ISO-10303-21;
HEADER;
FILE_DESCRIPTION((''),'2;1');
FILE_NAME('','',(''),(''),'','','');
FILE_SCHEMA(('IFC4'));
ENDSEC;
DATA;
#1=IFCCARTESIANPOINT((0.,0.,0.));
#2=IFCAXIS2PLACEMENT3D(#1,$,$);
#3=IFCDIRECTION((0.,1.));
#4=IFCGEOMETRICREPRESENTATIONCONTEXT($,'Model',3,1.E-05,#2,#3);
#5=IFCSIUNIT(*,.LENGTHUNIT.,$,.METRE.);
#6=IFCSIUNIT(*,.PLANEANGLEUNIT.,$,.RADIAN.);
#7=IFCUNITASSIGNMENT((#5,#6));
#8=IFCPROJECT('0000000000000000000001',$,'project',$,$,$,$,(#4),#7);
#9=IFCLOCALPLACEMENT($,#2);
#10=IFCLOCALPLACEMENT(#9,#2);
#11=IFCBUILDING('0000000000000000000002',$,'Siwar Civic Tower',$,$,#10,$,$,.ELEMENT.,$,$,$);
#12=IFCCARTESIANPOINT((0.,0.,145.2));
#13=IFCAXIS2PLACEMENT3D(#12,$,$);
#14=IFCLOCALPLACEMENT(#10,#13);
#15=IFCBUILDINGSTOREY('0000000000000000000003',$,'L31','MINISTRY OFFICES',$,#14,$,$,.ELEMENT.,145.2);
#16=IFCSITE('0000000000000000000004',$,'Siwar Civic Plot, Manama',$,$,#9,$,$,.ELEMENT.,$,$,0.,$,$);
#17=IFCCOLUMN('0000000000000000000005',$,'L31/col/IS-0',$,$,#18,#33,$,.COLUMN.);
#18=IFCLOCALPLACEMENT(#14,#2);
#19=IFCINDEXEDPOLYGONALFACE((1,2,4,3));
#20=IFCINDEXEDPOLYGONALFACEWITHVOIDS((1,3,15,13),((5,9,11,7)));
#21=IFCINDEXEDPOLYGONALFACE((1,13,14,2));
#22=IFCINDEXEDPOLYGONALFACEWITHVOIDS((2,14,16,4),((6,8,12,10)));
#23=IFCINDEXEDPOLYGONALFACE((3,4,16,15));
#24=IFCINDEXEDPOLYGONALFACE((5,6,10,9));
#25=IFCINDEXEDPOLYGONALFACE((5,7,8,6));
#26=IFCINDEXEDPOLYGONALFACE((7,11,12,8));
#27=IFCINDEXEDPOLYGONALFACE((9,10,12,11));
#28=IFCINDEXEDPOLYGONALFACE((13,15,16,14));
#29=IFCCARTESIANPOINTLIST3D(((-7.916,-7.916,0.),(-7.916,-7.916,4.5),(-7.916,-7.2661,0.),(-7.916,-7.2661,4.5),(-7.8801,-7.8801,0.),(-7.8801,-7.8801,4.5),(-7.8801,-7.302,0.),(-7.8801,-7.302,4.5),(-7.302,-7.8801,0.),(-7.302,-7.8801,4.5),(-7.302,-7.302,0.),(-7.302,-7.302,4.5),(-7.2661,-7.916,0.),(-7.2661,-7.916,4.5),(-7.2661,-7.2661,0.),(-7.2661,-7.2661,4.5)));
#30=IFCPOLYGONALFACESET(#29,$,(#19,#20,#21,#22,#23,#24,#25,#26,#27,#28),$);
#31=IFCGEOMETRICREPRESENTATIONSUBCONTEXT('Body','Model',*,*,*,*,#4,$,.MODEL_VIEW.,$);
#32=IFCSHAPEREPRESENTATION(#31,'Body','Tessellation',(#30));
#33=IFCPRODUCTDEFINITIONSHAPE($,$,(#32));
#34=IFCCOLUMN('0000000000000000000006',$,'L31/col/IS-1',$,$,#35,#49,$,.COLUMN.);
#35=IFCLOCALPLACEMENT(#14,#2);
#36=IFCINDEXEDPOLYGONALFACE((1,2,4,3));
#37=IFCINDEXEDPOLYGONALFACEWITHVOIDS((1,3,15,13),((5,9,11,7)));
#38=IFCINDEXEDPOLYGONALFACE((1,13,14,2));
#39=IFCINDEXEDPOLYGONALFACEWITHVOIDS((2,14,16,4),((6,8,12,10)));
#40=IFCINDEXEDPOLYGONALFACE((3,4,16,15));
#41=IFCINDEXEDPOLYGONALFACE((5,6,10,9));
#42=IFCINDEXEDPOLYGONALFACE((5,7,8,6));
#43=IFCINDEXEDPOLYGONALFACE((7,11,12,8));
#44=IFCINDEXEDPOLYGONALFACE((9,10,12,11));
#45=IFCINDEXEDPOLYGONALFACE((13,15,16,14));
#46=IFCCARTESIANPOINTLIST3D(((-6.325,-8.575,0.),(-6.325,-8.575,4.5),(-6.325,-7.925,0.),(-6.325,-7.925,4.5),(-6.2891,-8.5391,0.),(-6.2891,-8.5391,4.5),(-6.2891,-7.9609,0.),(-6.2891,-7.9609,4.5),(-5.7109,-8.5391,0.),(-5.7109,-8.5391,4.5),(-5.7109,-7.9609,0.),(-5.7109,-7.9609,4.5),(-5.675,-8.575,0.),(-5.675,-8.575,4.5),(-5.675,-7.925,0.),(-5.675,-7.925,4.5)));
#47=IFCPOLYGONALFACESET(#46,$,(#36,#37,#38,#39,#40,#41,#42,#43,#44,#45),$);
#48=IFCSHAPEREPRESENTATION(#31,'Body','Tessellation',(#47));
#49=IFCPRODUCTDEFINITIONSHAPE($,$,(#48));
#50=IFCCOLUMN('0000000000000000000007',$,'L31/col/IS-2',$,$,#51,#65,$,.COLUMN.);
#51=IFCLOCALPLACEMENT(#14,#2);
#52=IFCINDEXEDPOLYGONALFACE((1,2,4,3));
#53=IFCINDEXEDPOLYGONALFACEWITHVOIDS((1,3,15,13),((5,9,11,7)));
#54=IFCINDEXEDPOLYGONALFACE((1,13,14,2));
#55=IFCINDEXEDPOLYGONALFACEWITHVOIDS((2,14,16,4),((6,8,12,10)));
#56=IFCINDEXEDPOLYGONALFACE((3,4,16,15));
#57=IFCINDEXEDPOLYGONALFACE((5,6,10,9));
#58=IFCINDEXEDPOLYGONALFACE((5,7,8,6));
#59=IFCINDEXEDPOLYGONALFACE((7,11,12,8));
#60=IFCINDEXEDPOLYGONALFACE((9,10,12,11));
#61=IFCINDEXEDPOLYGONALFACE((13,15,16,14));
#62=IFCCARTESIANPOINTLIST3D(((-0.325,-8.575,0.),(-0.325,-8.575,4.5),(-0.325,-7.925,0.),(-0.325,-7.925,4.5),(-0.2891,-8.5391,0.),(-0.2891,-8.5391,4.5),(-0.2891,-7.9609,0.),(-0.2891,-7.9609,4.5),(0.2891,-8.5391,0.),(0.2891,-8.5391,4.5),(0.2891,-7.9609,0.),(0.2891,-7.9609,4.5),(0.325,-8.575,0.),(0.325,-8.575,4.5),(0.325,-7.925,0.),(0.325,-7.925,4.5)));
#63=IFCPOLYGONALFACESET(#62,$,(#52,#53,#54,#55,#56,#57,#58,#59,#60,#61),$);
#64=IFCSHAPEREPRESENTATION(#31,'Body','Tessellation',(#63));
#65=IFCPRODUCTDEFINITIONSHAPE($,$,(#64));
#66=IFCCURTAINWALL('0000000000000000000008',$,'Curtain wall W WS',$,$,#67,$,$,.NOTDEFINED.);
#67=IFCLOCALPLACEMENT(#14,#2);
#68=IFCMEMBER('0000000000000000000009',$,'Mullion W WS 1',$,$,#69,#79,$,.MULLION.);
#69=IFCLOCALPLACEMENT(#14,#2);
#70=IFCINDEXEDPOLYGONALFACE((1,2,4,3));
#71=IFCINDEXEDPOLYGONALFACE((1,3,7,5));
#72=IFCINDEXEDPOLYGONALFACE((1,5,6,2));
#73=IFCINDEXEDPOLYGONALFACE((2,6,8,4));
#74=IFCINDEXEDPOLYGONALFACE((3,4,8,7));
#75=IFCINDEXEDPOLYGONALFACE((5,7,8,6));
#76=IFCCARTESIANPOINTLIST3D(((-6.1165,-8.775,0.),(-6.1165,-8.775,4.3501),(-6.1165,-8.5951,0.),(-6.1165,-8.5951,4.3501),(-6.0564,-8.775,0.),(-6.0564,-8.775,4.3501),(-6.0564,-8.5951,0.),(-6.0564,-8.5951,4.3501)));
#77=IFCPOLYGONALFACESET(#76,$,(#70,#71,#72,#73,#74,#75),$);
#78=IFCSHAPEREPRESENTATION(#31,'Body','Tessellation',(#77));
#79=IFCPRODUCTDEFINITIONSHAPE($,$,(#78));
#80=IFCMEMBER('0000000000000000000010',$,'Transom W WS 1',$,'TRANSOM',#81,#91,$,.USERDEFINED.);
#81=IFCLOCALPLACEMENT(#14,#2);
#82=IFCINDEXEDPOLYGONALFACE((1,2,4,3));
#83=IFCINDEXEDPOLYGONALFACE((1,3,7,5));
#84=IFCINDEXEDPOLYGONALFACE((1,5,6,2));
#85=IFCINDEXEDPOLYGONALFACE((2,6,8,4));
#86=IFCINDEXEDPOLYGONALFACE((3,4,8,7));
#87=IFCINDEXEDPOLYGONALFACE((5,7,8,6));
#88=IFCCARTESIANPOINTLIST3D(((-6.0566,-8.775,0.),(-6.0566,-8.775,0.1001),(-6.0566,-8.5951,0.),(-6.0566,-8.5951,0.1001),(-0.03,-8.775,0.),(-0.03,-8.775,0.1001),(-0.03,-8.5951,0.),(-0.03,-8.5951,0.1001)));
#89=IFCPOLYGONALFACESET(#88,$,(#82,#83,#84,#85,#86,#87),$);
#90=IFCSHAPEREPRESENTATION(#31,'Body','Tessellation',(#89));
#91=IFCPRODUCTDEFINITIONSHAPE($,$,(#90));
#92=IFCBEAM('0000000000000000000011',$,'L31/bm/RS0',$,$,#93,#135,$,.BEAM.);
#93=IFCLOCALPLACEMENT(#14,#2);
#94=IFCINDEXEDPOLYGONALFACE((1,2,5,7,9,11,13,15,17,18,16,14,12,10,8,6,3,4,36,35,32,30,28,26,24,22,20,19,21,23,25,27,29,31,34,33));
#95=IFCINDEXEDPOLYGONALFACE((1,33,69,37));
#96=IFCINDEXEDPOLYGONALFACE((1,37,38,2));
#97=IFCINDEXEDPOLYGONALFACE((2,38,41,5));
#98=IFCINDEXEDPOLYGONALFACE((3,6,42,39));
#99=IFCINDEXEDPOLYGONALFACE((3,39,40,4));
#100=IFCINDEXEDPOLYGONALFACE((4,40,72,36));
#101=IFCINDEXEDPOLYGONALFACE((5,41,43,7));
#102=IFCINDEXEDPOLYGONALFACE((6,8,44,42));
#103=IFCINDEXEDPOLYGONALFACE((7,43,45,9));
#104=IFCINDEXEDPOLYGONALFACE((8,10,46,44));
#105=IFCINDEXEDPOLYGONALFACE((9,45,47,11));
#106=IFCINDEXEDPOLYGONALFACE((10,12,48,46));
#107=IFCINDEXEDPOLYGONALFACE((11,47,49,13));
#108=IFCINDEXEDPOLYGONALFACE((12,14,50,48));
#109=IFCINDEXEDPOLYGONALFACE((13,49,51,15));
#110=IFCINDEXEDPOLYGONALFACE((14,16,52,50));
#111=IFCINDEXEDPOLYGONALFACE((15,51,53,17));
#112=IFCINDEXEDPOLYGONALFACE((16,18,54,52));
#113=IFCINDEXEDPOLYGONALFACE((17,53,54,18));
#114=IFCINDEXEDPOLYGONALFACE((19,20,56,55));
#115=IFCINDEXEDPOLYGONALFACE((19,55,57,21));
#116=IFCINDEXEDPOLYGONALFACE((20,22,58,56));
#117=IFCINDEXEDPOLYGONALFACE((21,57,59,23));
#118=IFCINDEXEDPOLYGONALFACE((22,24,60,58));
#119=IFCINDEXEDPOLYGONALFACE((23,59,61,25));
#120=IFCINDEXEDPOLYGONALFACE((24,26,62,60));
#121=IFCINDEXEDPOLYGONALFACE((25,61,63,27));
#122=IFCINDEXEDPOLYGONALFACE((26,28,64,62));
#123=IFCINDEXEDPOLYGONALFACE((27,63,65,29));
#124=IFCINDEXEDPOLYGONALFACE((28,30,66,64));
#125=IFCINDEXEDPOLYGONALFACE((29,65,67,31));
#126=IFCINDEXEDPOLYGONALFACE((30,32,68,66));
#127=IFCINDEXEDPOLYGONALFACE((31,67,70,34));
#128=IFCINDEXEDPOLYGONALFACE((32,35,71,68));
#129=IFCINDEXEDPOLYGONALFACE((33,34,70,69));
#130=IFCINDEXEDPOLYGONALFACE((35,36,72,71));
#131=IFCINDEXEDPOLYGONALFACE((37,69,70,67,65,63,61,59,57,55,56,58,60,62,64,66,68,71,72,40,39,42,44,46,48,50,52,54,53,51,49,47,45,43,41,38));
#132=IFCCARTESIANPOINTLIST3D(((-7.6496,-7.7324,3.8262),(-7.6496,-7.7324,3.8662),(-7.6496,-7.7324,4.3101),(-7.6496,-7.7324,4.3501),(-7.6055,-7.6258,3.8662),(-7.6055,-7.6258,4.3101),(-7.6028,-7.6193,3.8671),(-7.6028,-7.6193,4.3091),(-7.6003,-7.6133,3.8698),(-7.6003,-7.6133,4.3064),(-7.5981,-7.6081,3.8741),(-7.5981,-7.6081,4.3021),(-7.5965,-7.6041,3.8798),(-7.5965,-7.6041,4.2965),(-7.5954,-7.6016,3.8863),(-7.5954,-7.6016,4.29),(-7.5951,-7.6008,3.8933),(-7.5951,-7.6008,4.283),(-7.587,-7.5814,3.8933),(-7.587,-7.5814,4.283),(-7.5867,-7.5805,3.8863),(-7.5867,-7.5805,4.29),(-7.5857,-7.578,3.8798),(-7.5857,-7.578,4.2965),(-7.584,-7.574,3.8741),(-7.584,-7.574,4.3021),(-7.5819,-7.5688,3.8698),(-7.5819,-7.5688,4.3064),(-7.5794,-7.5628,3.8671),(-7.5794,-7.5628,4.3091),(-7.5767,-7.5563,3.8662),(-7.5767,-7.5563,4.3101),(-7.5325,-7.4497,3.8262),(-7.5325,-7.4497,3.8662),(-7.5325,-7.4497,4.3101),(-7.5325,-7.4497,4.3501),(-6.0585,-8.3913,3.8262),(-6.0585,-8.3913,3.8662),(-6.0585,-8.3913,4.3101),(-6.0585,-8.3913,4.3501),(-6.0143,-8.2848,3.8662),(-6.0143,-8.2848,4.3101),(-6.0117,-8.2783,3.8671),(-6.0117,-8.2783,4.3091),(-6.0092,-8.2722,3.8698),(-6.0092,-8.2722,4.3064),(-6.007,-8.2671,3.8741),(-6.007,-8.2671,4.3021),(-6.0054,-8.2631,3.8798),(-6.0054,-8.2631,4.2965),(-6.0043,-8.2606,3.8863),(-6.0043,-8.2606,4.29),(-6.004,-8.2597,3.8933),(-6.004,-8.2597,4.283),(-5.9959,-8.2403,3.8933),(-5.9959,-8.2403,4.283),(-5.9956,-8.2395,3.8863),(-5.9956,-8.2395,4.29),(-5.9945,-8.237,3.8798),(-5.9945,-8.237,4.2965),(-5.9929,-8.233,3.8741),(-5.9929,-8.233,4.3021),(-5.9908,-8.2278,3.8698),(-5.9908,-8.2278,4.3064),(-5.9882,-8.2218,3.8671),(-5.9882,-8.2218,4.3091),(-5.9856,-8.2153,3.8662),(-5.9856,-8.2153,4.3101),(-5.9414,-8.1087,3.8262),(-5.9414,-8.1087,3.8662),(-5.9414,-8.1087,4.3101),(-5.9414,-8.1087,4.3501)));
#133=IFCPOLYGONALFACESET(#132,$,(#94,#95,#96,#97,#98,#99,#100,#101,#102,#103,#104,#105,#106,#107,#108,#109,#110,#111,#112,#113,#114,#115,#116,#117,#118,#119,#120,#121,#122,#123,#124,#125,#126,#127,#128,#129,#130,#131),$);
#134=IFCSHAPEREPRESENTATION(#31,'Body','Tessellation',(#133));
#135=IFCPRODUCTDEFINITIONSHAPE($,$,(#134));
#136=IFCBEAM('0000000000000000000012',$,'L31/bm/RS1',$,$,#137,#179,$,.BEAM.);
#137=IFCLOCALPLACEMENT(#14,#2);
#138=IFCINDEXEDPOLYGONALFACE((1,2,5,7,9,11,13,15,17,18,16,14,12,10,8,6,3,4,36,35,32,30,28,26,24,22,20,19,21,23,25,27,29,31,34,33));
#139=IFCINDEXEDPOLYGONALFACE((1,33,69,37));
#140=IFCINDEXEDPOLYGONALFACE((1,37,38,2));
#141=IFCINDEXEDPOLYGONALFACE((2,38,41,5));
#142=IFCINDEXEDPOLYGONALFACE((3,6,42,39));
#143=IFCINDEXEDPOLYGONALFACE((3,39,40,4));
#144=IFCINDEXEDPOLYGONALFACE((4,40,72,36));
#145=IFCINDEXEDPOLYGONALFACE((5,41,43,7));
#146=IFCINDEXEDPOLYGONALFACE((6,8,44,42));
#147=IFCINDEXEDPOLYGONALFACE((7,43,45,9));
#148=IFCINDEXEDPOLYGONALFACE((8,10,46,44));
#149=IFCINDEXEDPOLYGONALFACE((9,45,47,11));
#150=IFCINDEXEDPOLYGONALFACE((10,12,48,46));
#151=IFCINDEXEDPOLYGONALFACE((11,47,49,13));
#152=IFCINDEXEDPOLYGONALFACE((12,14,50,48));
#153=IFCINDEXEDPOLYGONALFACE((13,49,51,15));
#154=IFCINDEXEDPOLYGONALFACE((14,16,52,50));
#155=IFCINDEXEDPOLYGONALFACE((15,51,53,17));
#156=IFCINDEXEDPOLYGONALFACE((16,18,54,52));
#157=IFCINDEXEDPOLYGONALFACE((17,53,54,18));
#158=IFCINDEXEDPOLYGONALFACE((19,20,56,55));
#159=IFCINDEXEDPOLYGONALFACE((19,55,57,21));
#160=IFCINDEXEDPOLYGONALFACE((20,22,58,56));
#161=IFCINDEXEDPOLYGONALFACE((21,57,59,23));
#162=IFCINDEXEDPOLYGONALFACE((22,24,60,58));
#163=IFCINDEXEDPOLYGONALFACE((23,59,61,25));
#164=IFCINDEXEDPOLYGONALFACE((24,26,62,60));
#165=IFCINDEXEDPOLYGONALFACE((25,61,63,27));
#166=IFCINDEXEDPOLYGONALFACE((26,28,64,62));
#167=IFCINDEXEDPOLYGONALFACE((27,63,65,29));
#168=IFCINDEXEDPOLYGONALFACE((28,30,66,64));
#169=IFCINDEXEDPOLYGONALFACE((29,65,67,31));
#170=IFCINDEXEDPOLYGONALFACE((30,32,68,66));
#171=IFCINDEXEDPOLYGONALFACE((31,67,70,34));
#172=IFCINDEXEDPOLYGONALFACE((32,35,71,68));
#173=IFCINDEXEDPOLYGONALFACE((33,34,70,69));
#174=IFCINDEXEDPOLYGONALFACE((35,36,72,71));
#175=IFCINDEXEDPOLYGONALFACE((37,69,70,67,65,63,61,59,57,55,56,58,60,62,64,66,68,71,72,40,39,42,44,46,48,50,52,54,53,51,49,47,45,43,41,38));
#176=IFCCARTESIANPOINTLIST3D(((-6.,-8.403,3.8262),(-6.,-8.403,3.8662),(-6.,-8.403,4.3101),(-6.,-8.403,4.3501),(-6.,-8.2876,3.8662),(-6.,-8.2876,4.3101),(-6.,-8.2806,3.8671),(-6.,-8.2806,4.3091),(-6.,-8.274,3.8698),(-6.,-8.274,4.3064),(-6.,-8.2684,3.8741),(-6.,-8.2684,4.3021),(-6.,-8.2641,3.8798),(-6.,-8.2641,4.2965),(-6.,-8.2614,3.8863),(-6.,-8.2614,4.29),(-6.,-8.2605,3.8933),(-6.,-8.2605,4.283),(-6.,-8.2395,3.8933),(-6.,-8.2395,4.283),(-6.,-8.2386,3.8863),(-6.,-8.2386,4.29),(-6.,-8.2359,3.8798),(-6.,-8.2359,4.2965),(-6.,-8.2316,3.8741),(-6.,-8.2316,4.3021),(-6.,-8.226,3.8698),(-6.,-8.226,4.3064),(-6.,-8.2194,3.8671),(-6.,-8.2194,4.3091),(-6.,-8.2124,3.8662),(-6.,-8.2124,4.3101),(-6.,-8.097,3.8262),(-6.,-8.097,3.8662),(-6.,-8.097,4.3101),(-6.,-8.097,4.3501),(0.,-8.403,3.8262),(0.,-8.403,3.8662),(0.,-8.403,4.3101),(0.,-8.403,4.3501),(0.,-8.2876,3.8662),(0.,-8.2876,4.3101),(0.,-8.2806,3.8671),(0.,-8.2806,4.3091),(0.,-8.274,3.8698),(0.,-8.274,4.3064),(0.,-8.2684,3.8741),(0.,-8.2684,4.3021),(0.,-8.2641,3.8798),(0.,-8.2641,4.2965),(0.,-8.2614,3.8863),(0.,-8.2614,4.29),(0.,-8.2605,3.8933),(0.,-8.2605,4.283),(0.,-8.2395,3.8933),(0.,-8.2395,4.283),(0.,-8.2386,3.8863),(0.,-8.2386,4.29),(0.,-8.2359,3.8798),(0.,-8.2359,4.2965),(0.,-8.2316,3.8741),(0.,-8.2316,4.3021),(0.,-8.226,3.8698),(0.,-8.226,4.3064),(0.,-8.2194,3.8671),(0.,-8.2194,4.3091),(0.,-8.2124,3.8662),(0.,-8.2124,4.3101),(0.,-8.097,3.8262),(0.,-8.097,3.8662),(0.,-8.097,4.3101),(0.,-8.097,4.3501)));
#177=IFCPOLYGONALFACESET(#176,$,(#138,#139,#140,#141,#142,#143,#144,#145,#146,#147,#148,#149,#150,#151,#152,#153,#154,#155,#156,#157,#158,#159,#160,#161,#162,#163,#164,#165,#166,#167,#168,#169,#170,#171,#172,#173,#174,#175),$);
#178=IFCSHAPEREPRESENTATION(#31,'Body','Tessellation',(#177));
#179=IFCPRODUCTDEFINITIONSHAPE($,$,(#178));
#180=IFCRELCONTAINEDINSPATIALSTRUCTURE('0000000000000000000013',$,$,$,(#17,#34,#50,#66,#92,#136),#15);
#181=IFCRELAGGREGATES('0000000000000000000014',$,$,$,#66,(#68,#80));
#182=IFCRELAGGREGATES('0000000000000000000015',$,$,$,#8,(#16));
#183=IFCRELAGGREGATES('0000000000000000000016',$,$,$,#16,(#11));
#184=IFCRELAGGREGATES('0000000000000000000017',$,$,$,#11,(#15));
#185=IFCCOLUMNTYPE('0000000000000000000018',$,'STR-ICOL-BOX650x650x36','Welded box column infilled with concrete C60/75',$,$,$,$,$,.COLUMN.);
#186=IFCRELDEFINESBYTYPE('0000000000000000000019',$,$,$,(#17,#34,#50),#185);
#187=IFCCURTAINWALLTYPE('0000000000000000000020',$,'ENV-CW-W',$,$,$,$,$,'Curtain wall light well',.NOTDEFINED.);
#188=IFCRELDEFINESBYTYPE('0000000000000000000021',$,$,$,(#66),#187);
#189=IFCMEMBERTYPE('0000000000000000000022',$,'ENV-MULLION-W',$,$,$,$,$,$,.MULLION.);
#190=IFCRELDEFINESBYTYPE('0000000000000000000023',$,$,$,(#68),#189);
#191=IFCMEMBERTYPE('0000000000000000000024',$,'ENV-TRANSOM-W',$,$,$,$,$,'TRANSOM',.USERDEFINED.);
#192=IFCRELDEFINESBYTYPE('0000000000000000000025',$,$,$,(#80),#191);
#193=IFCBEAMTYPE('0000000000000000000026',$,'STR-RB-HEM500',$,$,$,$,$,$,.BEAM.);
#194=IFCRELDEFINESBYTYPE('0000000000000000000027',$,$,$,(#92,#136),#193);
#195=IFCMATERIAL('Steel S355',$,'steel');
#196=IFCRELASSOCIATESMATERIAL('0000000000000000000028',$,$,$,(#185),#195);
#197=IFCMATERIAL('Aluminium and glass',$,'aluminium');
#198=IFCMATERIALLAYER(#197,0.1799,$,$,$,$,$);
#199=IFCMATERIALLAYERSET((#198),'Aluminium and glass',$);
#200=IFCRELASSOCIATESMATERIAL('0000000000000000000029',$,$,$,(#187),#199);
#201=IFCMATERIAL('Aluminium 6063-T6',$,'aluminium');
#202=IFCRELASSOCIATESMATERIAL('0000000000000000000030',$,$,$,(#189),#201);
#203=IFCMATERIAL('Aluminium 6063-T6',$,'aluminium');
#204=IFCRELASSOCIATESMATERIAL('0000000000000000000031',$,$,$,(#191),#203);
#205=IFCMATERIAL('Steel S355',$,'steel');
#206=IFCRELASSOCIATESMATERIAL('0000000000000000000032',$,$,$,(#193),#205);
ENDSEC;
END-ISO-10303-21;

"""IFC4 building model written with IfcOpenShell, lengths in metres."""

from ifc_helpers import new_model, si_unit, direction, frame, origin, origin_2d, place, context, subcontext, project, spatial, rectangle, hollow_rectangle, i_section, extrude, material, layer, layer_set, material_profile, profile_set, type_object, element, aggregate, save


model = new_model("IFC4")

# Units and contexts
model_context = context("Model", 3, precision=1e-05, world=origin(), true_north=direction((0.0, 1.0)))
body_context = subcontext(model_context, "Body", "Model", "MODEL_VIEW")
ifc_project = project(units=[si_unit("LENGTHUNIT", "METRE"), si_unit("PLANEANGLEUNIT", "RADIAN")], contexts=[model_context])

# Site, building, storey
site_placement = place(None, origin())
site = spatial("IfcSite", under=ifc_project, at=site_placement, Name="Siwar Civic Plot, Manama", CompositionType="ELEMENT", RefElevation=0.0)
building_placement = place(site_placement, origin())
building = spatial("IfcBuilding", under=site, at=building_placement, Name="Siwar Civic Tower", CompositionType="ELEMENT")
storey_placement = place(building_placement, frame((0.0, 0.0, 145.2)))
storey = spatial("IfcBuildingStorey", under=building, at=storey_placement, Name="L31", Description="MINISTRY OFFICES", CompositionType="ELEMENT", Elevation=145.2)

# Columns
ifc_material_1 = material(Name="Steel S355", Category="steel")
ifc_material_profile_1 = material_profile(ifc_material_1, hollow_rectangle(XDim=0.6499, YDim=0.6499, WallThickness=0.0359, at=origin_2d()), Name="BOX650x650x36")
ifc_profile_set_1 = profile_set([ifc_material_profile_1], Name="Steel S355")
column_type = type_object("IfcColumnType", Name="STR-ICOL-BOX650x650x36", Description="Welded box column infilled with concrete C60/75", PredefinedType="COLUMN", material=ifc_profile_set_1)
for number, where, z_axis, x_axis, name in (
    (1, (-7.5911, -7.5911, 0.0), (0.0, 0.0, 1.0), (1.0, 0.0, 0.0), "L31/col/IS-0"),
    (2, (-6.0, -8.25, 0.0), (0.0, 0.0, 1.0), (1.0, 0.0, 0.0), "L31/col/IS-1"),
    (3, (0.0, -8.25, 0.0), (0.0, 0.0, 1.0), (1.0, 0.0, 0.0), "L31/col/IS-2"),
):
    element("IfcColumn", number, at=place(storey_placement, frame(where, z_axis=z_axis, x_axis=x_axis)), inside=storey, type_object=column_type, Name=name, PredefinedType="COLUMN", context=body_context, shape_type="SweptSolid", body=[
        extrude(hollow_rectangle(XDim=0.6499, YDim=0.6499, WallThickness=0.0359, at=origin_2d()), origin(), (0.0, 0.0, 1.0), 4.5),
    ])

# Curtain wall, members
ifc_material_2 = material(Name="Aluminium and glass", Category="aluminium")
ifc_layer_1 = layer(ifc_material_2, 0.1799)
ifc_layer_set_1 = layer_set([ifc_layer_1], Name="Aluminium and glass")
curtain_wall_type = type_object("IfcCurtainWallType", Name="ENV-CW-W", ElementType="Curtain wall light well", PredefinedType="NOTDEFINED", material=ifc_layer_set_1)
curtain_wall_placement = place(storey_placement, origin())
curtain_wall = element("IfcCurtainWall", 4, at=curtain_wall_placement, inside=storey, type_object=curtain_wall_type, Name="Curtain wall W WS", PredefinedType="NOTDEFINED")
ifc_material_3 = material(Name="Aluminium 6063-T6", Category="aluminium")
ifc_material_profile_2 = material_profile(ifc_material_3, rectangle(XDim=0.1799, YDim=0.0601, at=origin_2d()), Name="AL 180x60")
ifc_profile_set_2 = profile_set([ifc_material_profile_2], Name="Aluminium 6063-T6")
member_type_1 = type_object("IfcMemberType", Name="ENV-MULLION-W", PredefinedType="MULLION", material=ifc_profile_set_2)
member_1_placement = place(storey_placement, frame((-6.0864, -8.6851, 0.0), z_axis=(0.0, 0.0, 1.0), x_axis=(0.0, 1.0, 0.0)))
member_1 = element("IfcMember", 5, at=member_1_placement, type_object=member_type_1, Name="Mullion W WS 1", PredefinedType="MULLION", context=body_context, shape_type="SweptSolid", body=[
    extrude(rectangle(XDim=0.1799, YDim=0.0601, at=origin_2d()), origin(), (0.0, 0.0, 1.0), 4.3501),
])
ifc_material_4 = material(Name="Aluminium 6063-T6", Category="aluminium")
ifc_material_profile_3 = material_profile(ifc_material_4, rectangle(XDim=0.1799, YDim=0.1001, at=origin_2d()), Name="AL 180x100")
ifc_profile_set_3 = profile_set([ifc_material_profile_3], Name="Aluminium 6063-T6")
member_type_2 = type_object("IfcMemberType", Name="ENV-TRANSOM-W", ElementType="TRANSOM", PredefinedType="USERDEFINED", material=ifc_profile_set_3)
member_2_placement = place(storey_placement, frame((-6.0566, -8.6851, 0.05), z_axis=(1.0, 0.0, 0.0), x_axis=(0.0, 1.0, 0.0)))
member_2 = element("IfcMember", 6, at=member_2_placement, type_object=member_type_2, Name="Transom W WS 1", ObjectType="TRANSOM", PredefinedType="USERDEFINED", context=body_context, shape_type="SweptSolid", body=[
    extrude(rectangle(XDim=0.1799, YDim=0.1001, at=origin_2d()), origin(), (0.0, 0.0, 1.0), 6.0266),
])

# Beams
ifc_material_5 = material(Name="Steel S355", Category="steel")
ifc_material_profile_4 = material_profile(ifc_material_5, i_section(OverallWidth=0.3059, OverallDepth=0.5239, WebThickness=0.021, FlangeThickness=0.04, FilletRadius=0.0271, at=origin_2d()), Name="HEM500")
ifc_profile_set_4 = profile_set([ifc_material_profile_4], Name="Steel S355")
beam_type = type_object("IfcBeamType", Name="STR-RB-HEM500", PredefinedType="BEAM", material=ifc_profile_set_4)
beam_1_placement = place(storey_placement, frame((-7.5911, -7.5911, 4.0881), z_axis=(0.923901, -0.382631, 0.0), x_axis=(0.382631, 0.923901, 0.0)))
element("IfcBeam", 7, at=beam_1_placement, inside=storey, type_object=beam_type, Name="L31/bm/RS0", PredefinedType="BEAM", context=body_context, shape_type="SweptSolid", body=[
    extrude(i_section(OverallWidth=0.3059, OverallDepth=0.5239, WebThickness=0.021, FlangeThickness=0.04, FilletRadius=0.0271, at=origin_2d()), origin(), (0.0, 0.0, 1.0), 1.7222),
])
for number, where, z_axis, x_axis, name in (
    (8, (-6.0, -8.25, 4.0881), (1.0, 0.0, 0.0), (0.0, 1.0, 0.0), "L31/bm/RS1"),
):
    element("IfcBeam", number, at=place(storey_placement, frame(where, z_axis=z_axis, x_axis=x_axis)), inside=storey, type_object=beam_type, Name=name, PredefinedType="BEAM", context=body_context, shape_type="SweptSolid", body=[
        extrude(i_section(OverallWidth=0.3059, OverallDepth=0.5239, WebThickness=0.021, FlangeThickness=0.04, FilletRadius=0.0271, at=origin_2d()), origin(), (0.0, 0.0, 1.0), 6.0),
    ])

aggregate(curtain_wall, [member_1, member_2])

save(model, "model.ifc")
